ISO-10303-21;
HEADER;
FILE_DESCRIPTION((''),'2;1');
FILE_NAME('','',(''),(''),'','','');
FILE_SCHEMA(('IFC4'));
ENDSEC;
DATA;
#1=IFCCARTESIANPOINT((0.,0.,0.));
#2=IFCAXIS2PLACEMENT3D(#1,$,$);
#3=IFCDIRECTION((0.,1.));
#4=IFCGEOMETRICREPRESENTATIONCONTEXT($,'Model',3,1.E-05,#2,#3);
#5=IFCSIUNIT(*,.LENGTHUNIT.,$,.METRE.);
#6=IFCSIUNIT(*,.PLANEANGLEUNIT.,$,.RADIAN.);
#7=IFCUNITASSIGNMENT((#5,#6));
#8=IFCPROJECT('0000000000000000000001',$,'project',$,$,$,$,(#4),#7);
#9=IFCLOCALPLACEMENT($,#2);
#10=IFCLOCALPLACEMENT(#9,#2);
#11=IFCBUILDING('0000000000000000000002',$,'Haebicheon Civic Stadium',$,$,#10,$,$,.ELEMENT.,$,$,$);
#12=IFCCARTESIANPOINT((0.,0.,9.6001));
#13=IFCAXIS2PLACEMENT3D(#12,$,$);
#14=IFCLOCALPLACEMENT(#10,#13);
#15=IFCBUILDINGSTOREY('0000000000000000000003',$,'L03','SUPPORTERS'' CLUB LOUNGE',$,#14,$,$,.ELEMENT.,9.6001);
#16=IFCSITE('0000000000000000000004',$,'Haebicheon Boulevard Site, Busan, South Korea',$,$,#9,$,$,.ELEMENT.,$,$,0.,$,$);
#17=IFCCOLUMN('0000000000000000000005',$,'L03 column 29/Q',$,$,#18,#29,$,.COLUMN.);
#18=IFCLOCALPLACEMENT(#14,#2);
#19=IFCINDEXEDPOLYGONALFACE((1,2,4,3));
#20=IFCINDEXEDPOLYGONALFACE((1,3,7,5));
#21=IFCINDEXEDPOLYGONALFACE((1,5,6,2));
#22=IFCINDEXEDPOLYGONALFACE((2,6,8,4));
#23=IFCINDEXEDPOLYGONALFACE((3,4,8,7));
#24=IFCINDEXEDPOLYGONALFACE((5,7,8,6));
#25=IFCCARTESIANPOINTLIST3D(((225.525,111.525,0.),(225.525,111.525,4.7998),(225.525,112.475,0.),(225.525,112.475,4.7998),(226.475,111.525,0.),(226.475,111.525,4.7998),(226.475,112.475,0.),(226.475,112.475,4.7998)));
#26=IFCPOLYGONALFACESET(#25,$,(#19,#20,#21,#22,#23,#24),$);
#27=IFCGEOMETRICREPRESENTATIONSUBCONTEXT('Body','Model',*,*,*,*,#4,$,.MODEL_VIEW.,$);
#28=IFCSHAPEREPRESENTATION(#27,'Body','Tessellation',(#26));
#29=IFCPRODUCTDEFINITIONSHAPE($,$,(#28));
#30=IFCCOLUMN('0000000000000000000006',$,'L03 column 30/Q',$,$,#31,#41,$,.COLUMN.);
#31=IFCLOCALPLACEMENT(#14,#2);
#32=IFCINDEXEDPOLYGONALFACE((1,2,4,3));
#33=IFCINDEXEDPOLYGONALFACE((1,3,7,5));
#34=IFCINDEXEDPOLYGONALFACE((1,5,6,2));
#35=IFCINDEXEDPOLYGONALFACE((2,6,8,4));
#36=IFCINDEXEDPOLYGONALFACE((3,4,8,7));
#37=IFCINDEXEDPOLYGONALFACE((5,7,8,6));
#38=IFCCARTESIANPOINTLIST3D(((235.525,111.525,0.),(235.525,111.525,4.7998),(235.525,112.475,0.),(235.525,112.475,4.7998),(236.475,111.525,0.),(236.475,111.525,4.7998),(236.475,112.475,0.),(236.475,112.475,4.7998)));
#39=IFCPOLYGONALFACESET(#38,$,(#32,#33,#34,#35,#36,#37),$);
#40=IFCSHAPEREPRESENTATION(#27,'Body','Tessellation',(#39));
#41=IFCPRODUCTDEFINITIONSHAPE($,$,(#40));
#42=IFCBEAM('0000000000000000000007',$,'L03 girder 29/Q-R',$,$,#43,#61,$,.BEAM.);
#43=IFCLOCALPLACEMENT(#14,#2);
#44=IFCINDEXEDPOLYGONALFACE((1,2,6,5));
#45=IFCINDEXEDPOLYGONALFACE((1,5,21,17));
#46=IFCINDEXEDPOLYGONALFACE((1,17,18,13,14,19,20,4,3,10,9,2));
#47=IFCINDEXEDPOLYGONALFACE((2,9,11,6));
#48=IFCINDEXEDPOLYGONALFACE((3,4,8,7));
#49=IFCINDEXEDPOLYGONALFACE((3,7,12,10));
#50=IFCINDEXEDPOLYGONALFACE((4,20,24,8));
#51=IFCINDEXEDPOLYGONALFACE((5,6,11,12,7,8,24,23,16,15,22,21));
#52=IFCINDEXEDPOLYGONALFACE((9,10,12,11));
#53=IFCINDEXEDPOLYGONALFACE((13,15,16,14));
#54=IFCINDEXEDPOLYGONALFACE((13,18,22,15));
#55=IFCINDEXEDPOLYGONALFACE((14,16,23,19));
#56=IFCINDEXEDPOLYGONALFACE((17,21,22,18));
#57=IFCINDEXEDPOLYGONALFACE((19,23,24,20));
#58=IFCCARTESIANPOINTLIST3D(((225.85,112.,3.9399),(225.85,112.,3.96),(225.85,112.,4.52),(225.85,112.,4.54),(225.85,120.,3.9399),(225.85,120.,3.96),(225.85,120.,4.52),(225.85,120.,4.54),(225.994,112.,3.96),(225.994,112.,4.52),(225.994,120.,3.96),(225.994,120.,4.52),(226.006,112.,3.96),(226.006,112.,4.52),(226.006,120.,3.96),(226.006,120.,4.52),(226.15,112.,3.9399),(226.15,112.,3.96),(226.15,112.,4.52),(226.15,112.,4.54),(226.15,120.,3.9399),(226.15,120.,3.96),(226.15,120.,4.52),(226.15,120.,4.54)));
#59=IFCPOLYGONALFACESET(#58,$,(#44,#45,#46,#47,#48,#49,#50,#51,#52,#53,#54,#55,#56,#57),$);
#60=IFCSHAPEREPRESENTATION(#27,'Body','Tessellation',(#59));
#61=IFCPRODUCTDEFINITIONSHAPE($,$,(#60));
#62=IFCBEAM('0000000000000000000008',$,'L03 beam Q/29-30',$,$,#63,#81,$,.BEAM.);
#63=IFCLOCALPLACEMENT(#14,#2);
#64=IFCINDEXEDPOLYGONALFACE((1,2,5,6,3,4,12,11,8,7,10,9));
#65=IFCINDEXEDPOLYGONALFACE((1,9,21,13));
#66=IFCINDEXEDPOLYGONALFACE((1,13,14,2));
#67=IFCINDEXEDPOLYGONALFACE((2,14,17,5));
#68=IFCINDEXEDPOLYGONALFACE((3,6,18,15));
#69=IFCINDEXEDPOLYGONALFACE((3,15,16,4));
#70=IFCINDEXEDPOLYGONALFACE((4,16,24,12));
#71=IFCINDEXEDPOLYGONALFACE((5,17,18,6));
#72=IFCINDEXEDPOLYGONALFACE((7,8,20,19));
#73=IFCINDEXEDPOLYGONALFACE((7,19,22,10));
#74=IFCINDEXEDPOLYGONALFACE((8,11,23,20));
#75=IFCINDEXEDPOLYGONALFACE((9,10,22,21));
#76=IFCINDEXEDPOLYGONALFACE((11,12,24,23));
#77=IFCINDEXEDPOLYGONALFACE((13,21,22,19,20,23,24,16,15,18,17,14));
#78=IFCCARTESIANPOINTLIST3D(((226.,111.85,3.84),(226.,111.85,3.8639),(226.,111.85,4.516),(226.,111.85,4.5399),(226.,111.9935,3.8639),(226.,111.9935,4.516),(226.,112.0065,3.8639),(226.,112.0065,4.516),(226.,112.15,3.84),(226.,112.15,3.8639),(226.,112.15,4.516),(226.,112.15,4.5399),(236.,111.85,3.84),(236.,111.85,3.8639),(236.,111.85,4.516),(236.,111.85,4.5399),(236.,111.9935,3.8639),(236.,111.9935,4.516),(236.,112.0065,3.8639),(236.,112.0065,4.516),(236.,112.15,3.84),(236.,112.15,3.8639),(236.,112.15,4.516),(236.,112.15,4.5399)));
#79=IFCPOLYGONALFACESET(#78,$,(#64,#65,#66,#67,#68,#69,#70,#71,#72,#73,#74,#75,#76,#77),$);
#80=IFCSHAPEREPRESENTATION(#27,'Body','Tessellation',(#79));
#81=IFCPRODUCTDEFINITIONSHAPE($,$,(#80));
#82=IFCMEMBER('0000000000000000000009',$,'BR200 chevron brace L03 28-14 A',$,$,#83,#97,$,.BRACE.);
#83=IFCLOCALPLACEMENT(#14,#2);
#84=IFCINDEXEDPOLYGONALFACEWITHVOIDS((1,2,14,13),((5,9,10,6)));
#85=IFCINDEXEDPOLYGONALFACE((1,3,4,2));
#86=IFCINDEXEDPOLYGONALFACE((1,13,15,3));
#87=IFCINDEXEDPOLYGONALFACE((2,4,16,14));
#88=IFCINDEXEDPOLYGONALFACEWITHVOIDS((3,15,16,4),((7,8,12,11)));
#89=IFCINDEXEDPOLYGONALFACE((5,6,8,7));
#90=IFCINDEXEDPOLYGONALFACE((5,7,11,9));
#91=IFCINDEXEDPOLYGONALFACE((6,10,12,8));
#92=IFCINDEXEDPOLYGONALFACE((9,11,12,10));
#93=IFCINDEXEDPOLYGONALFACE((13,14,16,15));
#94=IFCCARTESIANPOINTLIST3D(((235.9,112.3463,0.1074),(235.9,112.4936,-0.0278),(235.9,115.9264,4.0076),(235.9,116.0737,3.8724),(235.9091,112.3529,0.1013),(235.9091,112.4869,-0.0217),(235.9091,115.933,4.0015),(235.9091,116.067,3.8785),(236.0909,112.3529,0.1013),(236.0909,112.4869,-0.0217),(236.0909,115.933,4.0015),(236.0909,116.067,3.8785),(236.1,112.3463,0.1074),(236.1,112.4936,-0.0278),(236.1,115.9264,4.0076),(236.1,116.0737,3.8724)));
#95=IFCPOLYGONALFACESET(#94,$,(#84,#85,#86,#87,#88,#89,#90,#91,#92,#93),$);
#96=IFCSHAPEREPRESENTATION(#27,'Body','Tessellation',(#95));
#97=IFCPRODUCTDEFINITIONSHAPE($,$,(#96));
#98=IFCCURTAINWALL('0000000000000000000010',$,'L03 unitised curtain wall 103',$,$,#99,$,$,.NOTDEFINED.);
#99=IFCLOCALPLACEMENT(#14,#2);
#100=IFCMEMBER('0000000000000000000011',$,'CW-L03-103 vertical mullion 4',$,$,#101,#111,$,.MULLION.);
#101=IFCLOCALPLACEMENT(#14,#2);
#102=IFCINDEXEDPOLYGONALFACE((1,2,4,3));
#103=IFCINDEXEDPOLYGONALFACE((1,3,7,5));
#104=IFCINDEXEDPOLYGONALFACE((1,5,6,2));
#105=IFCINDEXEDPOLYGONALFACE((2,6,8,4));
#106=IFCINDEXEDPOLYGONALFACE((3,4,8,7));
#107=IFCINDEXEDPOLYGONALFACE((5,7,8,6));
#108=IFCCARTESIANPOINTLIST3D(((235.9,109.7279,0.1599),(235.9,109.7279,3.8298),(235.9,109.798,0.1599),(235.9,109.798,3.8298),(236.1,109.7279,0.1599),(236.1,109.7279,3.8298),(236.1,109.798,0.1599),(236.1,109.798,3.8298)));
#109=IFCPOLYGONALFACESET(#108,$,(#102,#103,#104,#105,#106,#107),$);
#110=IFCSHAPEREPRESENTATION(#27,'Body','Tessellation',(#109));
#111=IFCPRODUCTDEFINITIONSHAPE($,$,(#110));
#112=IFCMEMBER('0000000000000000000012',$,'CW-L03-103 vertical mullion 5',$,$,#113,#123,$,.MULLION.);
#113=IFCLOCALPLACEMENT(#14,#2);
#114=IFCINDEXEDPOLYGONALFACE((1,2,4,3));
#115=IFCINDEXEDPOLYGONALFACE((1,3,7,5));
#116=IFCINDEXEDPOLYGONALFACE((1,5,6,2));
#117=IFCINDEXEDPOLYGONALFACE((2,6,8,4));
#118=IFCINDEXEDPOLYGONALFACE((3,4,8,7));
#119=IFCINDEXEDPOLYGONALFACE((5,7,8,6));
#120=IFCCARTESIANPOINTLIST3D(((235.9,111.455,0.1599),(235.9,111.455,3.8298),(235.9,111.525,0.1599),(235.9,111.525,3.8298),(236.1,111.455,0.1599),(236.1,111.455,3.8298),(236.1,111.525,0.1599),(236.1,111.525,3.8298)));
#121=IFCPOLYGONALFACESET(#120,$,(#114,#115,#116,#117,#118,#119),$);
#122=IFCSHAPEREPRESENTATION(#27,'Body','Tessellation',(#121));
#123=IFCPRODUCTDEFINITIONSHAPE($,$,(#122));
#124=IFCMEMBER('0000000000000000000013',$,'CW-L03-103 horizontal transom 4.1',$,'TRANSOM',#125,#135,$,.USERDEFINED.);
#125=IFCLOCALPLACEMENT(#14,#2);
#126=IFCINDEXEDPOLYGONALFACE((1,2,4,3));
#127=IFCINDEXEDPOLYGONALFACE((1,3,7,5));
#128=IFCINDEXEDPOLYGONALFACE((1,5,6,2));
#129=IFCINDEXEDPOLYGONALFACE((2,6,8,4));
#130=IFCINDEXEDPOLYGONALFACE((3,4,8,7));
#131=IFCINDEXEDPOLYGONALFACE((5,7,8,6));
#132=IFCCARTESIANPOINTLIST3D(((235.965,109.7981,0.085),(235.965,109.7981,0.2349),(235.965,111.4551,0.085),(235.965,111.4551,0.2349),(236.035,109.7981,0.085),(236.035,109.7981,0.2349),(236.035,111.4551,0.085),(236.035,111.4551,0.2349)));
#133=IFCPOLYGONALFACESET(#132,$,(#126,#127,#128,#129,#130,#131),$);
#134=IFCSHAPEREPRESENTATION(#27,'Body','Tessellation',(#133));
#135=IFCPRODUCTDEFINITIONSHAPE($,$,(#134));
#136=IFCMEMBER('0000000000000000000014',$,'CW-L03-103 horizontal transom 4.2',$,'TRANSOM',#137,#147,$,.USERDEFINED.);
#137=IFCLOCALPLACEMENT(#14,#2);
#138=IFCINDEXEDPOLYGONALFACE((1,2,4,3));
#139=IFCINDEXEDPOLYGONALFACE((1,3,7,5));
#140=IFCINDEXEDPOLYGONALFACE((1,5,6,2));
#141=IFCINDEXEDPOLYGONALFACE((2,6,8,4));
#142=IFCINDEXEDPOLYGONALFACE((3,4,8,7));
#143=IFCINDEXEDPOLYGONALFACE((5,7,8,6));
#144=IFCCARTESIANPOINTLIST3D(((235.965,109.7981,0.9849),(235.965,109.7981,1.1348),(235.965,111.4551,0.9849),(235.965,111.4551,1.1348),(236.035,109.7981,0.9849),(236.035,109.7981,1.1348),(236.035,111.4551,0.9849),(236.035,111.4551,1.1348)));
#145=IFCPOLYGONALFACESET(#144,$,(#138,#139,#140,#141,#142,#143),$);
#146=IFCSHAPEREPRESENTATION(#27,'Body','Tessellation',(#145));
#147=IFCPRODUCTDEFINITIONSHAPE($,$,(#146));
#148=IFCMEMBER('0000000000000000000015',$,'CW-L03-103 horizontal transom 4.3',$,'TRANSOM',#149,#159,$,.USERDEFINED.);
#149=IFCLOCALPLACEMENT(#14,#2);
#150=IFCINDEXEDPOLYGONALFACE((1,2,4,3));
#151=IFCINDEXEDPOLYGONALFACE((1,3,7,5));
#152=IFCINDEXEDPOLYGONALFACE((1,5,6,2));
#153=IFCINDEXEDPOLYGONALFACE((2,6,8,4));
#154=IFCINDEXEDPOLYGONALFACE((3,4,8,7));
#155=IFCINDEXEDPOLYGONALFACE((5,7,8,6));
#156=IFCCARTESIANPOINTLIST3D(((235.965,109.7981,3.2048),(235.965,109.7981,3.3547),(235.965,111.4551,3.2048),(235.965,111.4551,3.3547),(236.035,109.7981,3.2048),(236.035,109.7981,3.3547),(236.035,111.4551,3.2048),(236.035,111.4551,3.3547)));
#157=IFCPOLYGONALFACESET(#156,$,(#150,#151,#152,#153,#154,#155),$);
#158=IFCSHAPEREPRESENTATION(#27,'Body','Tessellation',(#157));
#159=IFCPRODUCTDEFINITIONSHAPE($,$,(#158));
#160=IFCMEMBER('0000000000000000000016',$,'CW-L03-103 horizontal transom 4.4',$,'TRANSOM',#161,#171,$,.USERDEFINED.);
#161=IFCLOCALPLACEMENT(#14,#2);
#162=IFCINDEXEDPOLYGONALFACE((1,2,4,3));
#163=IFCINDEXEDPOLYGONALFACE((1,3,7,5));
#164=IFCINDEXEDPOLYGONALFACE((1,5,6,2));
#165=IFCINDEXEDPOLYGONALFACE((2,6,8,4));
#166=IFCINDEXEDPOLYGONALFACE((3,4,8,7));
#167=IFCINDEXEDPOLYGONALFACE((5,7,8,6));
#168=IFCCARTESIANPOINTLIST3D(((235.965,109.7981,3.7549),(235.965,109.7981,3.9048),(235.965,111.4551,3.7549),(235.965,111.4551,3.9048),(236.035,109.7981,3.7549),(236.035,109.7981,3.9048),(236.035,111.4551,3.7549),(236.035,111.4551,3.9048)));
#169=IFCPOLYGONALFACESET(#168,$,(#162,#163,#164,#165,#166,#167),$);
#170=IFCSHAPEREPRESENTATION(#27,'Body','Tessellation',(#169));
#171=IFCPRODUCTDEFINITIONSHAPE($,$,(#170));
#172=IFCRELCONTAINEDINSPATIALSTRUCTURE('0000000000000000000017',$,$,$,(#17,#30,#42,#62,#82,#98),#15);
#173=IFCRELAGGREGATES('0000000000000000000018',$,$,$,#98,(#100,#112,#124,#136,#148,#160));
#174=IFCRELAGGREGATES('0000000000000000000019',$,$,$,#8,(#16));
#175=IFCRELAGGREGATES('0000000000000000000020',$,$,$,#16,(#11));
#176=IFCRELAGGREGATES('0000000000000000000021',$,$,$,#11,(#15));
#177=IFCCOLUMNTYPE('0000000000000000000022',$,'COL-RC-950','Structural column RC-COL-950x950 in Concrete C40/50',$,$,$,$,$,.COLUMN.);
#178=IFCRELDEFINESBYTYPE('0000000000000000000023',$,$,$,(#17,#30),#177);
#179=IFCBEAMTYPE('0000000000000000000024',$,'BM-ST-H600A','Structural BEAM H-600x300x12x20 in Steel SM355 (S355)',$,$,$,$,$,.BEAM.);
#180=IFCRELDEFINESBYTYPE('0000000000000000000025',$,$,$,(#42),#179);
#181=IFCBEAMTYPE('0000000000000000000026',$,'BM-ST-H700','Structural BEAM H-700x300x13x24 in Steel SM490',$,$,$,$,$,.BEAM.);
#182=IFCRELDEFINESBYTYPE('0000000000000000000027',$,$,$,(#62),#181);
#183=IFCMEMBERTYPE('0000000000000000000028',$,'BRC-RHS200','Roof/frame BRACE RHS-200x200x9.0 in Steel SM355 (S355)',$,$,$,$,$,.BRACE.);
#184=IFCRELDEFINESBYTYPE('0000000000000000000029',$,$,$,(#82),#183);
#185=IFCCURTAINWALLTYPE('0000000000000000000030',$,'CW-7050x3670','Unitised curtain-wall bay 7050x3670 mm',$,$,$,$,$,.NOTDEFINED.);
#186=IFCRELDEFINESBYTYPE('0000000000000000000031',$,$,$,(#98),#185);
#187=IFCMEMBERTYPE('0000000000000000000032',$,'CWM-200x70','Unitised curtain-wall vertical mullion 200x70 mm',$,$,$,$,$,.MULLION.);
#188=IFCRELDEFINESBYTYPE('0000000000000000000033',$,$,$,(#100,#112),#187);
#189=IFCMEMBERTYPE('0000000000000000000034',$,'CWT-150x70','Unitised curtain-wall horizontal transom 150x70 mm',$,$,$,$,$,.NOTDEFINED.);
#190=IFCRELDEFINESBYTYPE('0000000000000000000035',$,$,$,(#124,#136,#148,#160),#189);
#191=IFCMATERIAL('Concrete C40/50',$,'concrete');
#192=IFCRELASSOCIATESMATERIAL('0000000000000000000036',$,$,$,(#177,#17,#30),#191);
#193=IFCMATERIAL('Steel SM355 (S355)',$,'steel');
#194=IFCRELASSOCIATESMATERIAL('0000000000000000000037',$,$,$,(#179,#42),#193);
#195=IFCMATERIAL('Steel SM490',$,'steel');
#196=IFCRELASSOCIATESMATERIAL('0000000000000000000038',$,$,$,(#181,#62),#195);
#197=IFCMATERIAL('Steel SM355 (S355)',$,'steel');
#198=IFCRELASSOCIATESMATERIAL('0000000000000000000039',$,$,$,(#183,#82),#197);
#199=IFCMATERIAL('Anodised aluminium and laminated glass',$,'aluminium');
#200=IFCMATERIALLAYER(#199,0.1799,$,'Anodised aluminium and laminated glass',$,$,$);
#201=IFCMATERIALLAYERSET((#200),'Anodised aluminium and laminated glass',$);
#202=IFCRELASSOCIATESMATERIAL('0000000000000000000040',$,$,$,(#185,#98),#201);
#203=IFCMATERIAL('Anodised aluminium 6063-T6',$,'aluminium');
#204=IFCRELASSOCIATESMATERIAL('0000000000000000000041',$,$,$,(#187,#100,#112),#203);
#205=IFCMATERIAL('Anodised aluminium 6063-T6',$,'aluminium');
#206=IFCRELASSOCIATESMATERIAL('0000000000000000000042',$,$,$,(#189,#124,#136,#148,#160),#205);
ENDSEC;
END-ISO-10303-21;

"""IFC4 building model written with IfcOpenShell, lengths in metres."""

from ifc_helpers import new_model, si_unit, direction, frame, origin, origin_2d, place, context, subcontext, project, spatial, rectangle, hollow_rectangle, i_section, extrude, material, layer, layer_set, material_profile, profile_set, type_object, element, aggregate, save


model = new_model("IFC4")

# Units and contexts
model_context = context("Model", 3, precision=1e-05, world=origin(), true_north=direction((0.0, 1.0)))
body_context = subcontext(model_context, "Body", "Model", "MODEL_VIEW")
ifc_project = project(units=[si_unit("LENGTHUNIT", "METRE"), si_unit("PLANEANGLEUNIT", "RADIAN")], contexts=[model_context])

# Site, building, storey
site_placement = place(None, origin())
site = spatial("IfcSite", under=ifc_project, at=site_placement, Name="Haebicheon Boulevard Site, Busan, South Korea", CompositionType="ELEMENT", RefElevation=0.0)
building_placement = place(site_placement, origin())
building = spatial("IfcBuilding", under=site, at=building_placement, Name="Haebicheon Civic Stadium", CompositionType="ELEMENT")
storey_placement = place(building_placement, frame((0.0, 0.0, 9.6001)))
storey = spatial("IfcBuildingStorey", under=building, at=storey_placement, Name="L03", Description="SUPPORTERS' CLUB LOUNGE", CompositionType="ELEMENT", Elevation=9.6001)

# Columns
ifc_material_1 = material(Name="Concrete C40/50", Category="concrete")
ifc_material_profile_1 = material_profile(ifc_material_1, rectangle(XDim=0.95, YDim=0.95, at=origin_2d()), Name="RC-COL-950x950")
ifc_profile_set_1 = profile_set([ifc_material_profile_1], Name="Concrete C40/50")
column_type = type_object("IfcColumnType", Name="COL-RC-950", Description="Structural column RC-COL-950x950 in Concrete C40/50", PredefinedType="COLUMN", material=ifc_profile_set_1)
for number, where, z_axis, x_axis, name in (
    (1, (226.0, 112.0, 0.0), (0.0, 0.0, 1.0), (1.0, 0.0, 0.0), "L03 column 29/Q"),
    (2, (236.0, 112.0, 0.0), (0.0, 0.0, 1.0), (1.0, 0.0, 0.0), "L03 column 30/Q"),
):
    element("IfcColumn", number, at=place(storey_placement, frame(where, z_axis=z_axis, x_axis=x_axis)), inside=storey, type_object=column_type, material=ifc_profile_set_1, Name=name, PredefinedType="COLUMN", context=body_context, shape_type="SweptSolid", body=[
        extrude(rectangle(XDim=0.95, YDim=0.95, at=origin_2d()), origin(), (0.0, 0.0, 1.0), 4.7998),
    ])

# Beams
ifc_material_2 = material(Name="Steel SM355 (S355)", Category="steel")
ifc_material_profile_2 = material_profile(ifc_material_2, i_section(OverallWidth=0.3, OverallDepth=0.6001, WebThickness=0.012, FlangeThickness=0.02, at=origin_2d()), Name="H-600x300x12x20")
ifc_profile_set_2 = profile_set([ifc_material_profile_2], Name="Steel SM355 (S355)")
beam_type_1 = type_object("IfcBeamType", Name="BM-ST-H600A", Description="Structural BEAM H-600x300x12x20 in Steel SM355 (S355)", PredefinedType="BEAM", material=ifc_profile_set_2)
beam_1_placement = place(storey_placement, frame((226.0, 112.0, 4.24), z_axis=(0.0, 1.0, 0.0), x_axis=(-1.0, 0.0, 0.0)))
element("IfcBeam", 3, at=beam_1_placement, inside=storey, type_object=beam_type_1, material=ifc_profile_set_2, Name="L03 girder 29/Q-R", PredefinedType="BEAM", context=body_context, shape_type="SweptSolid", body=[
    extrude(i_section(OverallWidth=0.3, OverallDepth=0.6001, WebThickness=0.012, FlangeThickness=0.02, at=origin_2d()), origin(), (0.0, 0.0, 1.0), 8.0),
])
ifc_material_3 = material(Name="Steel SM490", Category="steel")
ifc_material_profile_3 = material_profile(ifc_material_3, i_section(OverallWidth=0.3, OverallDepth=0.7, WebThickness=0.0129, FlangeThickness=0.0239, at=origin_2d()), Name="H-700x300x13x24")
ifc_profile_set_3 = profile_set([ifc_material_profile_3], Name="Steel SM490")
beam_type_2 = type_object("IfcBeamType", Name="BM-ST-H700", Description="Structural BEAM H-700x300x13x24 in Steel SM490", PredefinedType="BEAM", material=ifc_profile_set_3)
beam_2_placement = place(storey_placement, frame((226.0, 112.0, 4.1899), z_axis=(1.0, 0.0, 0.0), x_axis=(0.0, 1.0, 0.0)))
element("IfcBeam", 4, at=beam_2_placement, inside=storey, type_object=beam_type_2, material=ifc_profile_set_3, Name="L03 beam Q/29-30", PredefinedType="BEAM", context=body_context, shape_type="SweptSolid", body=[
    extrude(i_section(OverallWidth=0.3, OverallDepth=0.7, WebThickness=0.0129, FlangeThickness=0.0239, at=origin_2d()), origin(), (0.0, 0.0, 1.0), 10.0),
])

# Member
ifc_material_4 = material(Name="Steel SM355 (S355)", Category="steel")
ifc_material_profile_4 = material_profile(ifc_material_4, hollow_rectangle(XDim=0.2, YDim=0.2, WallThickness=0.009, at=origin_2d()), Name="RHS-200x200x9.0")
ifc_profile_set_4 = profile_set([ifc_material_profile_4], Name="Steel SM355 (S355)")
member_type_1 = type_object("IfcMemberType", Name="BRC-RHS200", Description="Roof/frame BRACE RHS-200x200x9.0 in Steel SM355 (S355)", PredefinedType="BRACE", material=ifc_profile_set_4)
member_1_placement = place(storey_placement, frame((236.0, 112.4199, 0.0398), z_axis=(0.0, 0.676232, 0.736689), x_axis=(-1.0, 0.0, 0.0)))
element("IfcMember", 5, at=member_1_placement, inside=storey, type_object=member_type_1, material=ifc_profile_set_4, Name="BR200 chevron brace L03 28-14 A", PredefinedType="BRACE", context=body_context, shape_type="SweptSolid", body=[
    extrude(hollow_rectangle(XDim=0.2, YDim=0.2, WallThickness=0.009, at=origin_2d()), origin(), (0.0, 0.0, 1.0), 5.2942),
])

# Curtain wall, members
ifc_material_5 = material(Name="Anodised aluminium and laminated glass", Category="aluminium")
ifc_layer_1 = layer(ifc_material_5, 0.1799, Name="Anodised aluminium and laminated glass")
ifc_layer_set_1 = layer_set([ifc_layer_1], Name="Anodised aluminium and laminated glass")
curtain_wall_type = type_object("IfcCurtainWallType", Name="CW-7050x3670", Description="Unitised curtain-wall bay 7050x3670 mm", PredefinedType="NOTDEFINED", material=ifc_layer_set_1)
curtain_wall_placement = place(storey_placement, origin())
curtain_wall = element("IfcCurtainWall", 6, at=curtain_wall_placement, inside=storey, type_object=curtain_wall_type, material=ifc_layer_set_1, Name="L03 unitised curtain wall 103", PredefinedType="NOTDEFINED")
ifc_material_6 = material(Name="Anodised aluminium 6063-T6", Category="aluminium")
ifc_material_profile_5 = material_profile(ifc_material_6, rectangle(XDim=0.0701, YDim=0.2, at=origin_2d()), Name="ALU-MULL-70x200")
ifc_profile_set_5 = profile_set([ifc_material_profile_5], Name="Anodised aluminium 6063-T6")
member_type_2 = type_object("IfcMemberType", Name="CWM-200x70", Description="Unitised curtain-wall vertical mullion 200x70 mm", PredefinedType="MULLION", material=ifc_profile_set_5)
member_2_placement = place(storey_placement, frame((236.0, 109.7629, 0.1599), z_axis=(0.0, 0.0, 1.0), x_axis=(0.0, 1.0, 0.0)))
member_2 = element("IfcMember", 7, at=member_2_placement, type_object=member_type_2, material=ifc_profile_set_5, Name="CW-L03-103 vertical mullion 4", PredefinedType="MULLION", context=body_context, shape_type="SweptSolid", body=[
    extrude(rectangle(XDim=0.0701, YDim=0.2, at=origin_2d()), origin(), (0.0, 0.0, 1.0), 3.6699),
])
member_3_placement = place(storey_placement, frame((236.0, 111.49, 0.1599), z_axis=(0.0, 0.0, 1.0), x_axis=(0.0, 1.0, 0.0)))
member_3 = element("IfcMember", 8, at=member_3_placement, type_object=member_type_2, material=ifc_profile_set_5, Name="CW-L03-103 vertical mullion 5", PredefinedType="MULLION", context=body_context, shape_type="SweptSolid", body=[
    extrude(rectangle(XDim=0.0701, YDim=0.2, at=origin_2d()), origin(), (0.0, 0.0, 1.0), 3.6699),
])
ifc_material_7 = material(Name="Anodised aluminium 6063-T6", Category="aluminium")
ifc_material_profile_6 = material_profile(ifc_material_7, rectangle(XDim=0.0701, YDim=0.1499, at=origin_2d()), Name="ALU-TRAN-70x150")
ifc_profile_set_6 = profile_set([ifc_material_profile_6], Name="Anodised aluminium 6063-T6")
member_type_3 = type_object("IfcMemberType", Name="CWT-150x70", Description="Unitised curtain-wall horizontal transom 150x70 mm", PredefinedType="NOTDEFINED", material=ifc_profile_set_6)
member_4_placement = place(storey_placement, frame((236.0, 109.7981, 0.1599), z_axis=(0.0, 1.0, 0.0), x_axis=(-1.0, 0.0, 0.0)))
member_4 = element("IfcMember", 9, at=member_4_placement, type_object=member_type_3, material=ifc_profile_set_6, Name="CW-L03-103 horizontal transom 4.1", ObjectType="TRANSOM", PredefinedType="USERDEFINED", context=body_context, shape_type="SweptSolid", body=[
    extrude(rectangle(XDim=0.0701, YDim=0.1499, at=origin_2d()), origin(), (0.0, 0.0, 1.0), 1.657),
])
member_5_placement = place(storey_placement, frame((236.0, 109.7981, 1.0598), z_axis=(0.0, 1.0, 0.0), x_axis=(-1.0, 0.0, 0.0)))
member_5 = element("IfcMember", 10, at=member_5_placement, type_object=member_type_3, material=ifc_profile_set_6, Name="CW-L03-103 horizontal transom 4.2", ObjectType="TRANSOM", PredefinedType="USERDEFINED", context=body_context, shape_type="SweptSolid", body=[
    extrude(rectangle(XDim=0.0701, YDim=0.1499, at=origin_2d()), origin(), (0.0, 0.0, 1.0), 1.657),
])
member_6_placement = place(storey_placement, frame((236.0, 109.7981, 3.2798), z_axis=(0.0, 1.0, 0.0), x_axis=(-1.0, 0.0, 0.0)))
member_6 = element("IfcMember", 11, at=member_6_placement, type_object=member_type_3, material=ifc_profile_set_6, Name="CW-L03-103 horizontal transom 4.3", ObjectType="TRANSOM", PredefinedType="USERDEFINED", context=body_context, shape_type="SweptSolid", body=[
    extrude(rectangle(XDim=0.0701, YDim=0.1499, at=origin_2d()), origin(), (0.0, 0.0, 1.0), 1.657),
])
member_7_placement = place(storey_placement, frame((236.0, 109.7981, 3.8298), z_axis=(0.0, 1.0, 0.0), x_axis=(-1.0, 0.0, 0.0)))
member_7 = element("IfcMember", 12, at=member_7_placement, type_object=member_type_3, material=ifc_profile_set_6, Name="CW-L03-103 horizontal transom 4.4", ObjectType="TRANSOM", PredefinedType="USERDEFINED", context=body_context, shape_type="SweptSolid", body=[
    extrude(rectangle(XDim=0.0701, YDim=0.1499, at=origin_2d()), origin(), (0.0, 0.0, 1.0), 1.657),
])

aggregate(curtain_wall, [member_2, member_3, member_4, member_5, member_6, member_7])

save(model, "model.ifc")
